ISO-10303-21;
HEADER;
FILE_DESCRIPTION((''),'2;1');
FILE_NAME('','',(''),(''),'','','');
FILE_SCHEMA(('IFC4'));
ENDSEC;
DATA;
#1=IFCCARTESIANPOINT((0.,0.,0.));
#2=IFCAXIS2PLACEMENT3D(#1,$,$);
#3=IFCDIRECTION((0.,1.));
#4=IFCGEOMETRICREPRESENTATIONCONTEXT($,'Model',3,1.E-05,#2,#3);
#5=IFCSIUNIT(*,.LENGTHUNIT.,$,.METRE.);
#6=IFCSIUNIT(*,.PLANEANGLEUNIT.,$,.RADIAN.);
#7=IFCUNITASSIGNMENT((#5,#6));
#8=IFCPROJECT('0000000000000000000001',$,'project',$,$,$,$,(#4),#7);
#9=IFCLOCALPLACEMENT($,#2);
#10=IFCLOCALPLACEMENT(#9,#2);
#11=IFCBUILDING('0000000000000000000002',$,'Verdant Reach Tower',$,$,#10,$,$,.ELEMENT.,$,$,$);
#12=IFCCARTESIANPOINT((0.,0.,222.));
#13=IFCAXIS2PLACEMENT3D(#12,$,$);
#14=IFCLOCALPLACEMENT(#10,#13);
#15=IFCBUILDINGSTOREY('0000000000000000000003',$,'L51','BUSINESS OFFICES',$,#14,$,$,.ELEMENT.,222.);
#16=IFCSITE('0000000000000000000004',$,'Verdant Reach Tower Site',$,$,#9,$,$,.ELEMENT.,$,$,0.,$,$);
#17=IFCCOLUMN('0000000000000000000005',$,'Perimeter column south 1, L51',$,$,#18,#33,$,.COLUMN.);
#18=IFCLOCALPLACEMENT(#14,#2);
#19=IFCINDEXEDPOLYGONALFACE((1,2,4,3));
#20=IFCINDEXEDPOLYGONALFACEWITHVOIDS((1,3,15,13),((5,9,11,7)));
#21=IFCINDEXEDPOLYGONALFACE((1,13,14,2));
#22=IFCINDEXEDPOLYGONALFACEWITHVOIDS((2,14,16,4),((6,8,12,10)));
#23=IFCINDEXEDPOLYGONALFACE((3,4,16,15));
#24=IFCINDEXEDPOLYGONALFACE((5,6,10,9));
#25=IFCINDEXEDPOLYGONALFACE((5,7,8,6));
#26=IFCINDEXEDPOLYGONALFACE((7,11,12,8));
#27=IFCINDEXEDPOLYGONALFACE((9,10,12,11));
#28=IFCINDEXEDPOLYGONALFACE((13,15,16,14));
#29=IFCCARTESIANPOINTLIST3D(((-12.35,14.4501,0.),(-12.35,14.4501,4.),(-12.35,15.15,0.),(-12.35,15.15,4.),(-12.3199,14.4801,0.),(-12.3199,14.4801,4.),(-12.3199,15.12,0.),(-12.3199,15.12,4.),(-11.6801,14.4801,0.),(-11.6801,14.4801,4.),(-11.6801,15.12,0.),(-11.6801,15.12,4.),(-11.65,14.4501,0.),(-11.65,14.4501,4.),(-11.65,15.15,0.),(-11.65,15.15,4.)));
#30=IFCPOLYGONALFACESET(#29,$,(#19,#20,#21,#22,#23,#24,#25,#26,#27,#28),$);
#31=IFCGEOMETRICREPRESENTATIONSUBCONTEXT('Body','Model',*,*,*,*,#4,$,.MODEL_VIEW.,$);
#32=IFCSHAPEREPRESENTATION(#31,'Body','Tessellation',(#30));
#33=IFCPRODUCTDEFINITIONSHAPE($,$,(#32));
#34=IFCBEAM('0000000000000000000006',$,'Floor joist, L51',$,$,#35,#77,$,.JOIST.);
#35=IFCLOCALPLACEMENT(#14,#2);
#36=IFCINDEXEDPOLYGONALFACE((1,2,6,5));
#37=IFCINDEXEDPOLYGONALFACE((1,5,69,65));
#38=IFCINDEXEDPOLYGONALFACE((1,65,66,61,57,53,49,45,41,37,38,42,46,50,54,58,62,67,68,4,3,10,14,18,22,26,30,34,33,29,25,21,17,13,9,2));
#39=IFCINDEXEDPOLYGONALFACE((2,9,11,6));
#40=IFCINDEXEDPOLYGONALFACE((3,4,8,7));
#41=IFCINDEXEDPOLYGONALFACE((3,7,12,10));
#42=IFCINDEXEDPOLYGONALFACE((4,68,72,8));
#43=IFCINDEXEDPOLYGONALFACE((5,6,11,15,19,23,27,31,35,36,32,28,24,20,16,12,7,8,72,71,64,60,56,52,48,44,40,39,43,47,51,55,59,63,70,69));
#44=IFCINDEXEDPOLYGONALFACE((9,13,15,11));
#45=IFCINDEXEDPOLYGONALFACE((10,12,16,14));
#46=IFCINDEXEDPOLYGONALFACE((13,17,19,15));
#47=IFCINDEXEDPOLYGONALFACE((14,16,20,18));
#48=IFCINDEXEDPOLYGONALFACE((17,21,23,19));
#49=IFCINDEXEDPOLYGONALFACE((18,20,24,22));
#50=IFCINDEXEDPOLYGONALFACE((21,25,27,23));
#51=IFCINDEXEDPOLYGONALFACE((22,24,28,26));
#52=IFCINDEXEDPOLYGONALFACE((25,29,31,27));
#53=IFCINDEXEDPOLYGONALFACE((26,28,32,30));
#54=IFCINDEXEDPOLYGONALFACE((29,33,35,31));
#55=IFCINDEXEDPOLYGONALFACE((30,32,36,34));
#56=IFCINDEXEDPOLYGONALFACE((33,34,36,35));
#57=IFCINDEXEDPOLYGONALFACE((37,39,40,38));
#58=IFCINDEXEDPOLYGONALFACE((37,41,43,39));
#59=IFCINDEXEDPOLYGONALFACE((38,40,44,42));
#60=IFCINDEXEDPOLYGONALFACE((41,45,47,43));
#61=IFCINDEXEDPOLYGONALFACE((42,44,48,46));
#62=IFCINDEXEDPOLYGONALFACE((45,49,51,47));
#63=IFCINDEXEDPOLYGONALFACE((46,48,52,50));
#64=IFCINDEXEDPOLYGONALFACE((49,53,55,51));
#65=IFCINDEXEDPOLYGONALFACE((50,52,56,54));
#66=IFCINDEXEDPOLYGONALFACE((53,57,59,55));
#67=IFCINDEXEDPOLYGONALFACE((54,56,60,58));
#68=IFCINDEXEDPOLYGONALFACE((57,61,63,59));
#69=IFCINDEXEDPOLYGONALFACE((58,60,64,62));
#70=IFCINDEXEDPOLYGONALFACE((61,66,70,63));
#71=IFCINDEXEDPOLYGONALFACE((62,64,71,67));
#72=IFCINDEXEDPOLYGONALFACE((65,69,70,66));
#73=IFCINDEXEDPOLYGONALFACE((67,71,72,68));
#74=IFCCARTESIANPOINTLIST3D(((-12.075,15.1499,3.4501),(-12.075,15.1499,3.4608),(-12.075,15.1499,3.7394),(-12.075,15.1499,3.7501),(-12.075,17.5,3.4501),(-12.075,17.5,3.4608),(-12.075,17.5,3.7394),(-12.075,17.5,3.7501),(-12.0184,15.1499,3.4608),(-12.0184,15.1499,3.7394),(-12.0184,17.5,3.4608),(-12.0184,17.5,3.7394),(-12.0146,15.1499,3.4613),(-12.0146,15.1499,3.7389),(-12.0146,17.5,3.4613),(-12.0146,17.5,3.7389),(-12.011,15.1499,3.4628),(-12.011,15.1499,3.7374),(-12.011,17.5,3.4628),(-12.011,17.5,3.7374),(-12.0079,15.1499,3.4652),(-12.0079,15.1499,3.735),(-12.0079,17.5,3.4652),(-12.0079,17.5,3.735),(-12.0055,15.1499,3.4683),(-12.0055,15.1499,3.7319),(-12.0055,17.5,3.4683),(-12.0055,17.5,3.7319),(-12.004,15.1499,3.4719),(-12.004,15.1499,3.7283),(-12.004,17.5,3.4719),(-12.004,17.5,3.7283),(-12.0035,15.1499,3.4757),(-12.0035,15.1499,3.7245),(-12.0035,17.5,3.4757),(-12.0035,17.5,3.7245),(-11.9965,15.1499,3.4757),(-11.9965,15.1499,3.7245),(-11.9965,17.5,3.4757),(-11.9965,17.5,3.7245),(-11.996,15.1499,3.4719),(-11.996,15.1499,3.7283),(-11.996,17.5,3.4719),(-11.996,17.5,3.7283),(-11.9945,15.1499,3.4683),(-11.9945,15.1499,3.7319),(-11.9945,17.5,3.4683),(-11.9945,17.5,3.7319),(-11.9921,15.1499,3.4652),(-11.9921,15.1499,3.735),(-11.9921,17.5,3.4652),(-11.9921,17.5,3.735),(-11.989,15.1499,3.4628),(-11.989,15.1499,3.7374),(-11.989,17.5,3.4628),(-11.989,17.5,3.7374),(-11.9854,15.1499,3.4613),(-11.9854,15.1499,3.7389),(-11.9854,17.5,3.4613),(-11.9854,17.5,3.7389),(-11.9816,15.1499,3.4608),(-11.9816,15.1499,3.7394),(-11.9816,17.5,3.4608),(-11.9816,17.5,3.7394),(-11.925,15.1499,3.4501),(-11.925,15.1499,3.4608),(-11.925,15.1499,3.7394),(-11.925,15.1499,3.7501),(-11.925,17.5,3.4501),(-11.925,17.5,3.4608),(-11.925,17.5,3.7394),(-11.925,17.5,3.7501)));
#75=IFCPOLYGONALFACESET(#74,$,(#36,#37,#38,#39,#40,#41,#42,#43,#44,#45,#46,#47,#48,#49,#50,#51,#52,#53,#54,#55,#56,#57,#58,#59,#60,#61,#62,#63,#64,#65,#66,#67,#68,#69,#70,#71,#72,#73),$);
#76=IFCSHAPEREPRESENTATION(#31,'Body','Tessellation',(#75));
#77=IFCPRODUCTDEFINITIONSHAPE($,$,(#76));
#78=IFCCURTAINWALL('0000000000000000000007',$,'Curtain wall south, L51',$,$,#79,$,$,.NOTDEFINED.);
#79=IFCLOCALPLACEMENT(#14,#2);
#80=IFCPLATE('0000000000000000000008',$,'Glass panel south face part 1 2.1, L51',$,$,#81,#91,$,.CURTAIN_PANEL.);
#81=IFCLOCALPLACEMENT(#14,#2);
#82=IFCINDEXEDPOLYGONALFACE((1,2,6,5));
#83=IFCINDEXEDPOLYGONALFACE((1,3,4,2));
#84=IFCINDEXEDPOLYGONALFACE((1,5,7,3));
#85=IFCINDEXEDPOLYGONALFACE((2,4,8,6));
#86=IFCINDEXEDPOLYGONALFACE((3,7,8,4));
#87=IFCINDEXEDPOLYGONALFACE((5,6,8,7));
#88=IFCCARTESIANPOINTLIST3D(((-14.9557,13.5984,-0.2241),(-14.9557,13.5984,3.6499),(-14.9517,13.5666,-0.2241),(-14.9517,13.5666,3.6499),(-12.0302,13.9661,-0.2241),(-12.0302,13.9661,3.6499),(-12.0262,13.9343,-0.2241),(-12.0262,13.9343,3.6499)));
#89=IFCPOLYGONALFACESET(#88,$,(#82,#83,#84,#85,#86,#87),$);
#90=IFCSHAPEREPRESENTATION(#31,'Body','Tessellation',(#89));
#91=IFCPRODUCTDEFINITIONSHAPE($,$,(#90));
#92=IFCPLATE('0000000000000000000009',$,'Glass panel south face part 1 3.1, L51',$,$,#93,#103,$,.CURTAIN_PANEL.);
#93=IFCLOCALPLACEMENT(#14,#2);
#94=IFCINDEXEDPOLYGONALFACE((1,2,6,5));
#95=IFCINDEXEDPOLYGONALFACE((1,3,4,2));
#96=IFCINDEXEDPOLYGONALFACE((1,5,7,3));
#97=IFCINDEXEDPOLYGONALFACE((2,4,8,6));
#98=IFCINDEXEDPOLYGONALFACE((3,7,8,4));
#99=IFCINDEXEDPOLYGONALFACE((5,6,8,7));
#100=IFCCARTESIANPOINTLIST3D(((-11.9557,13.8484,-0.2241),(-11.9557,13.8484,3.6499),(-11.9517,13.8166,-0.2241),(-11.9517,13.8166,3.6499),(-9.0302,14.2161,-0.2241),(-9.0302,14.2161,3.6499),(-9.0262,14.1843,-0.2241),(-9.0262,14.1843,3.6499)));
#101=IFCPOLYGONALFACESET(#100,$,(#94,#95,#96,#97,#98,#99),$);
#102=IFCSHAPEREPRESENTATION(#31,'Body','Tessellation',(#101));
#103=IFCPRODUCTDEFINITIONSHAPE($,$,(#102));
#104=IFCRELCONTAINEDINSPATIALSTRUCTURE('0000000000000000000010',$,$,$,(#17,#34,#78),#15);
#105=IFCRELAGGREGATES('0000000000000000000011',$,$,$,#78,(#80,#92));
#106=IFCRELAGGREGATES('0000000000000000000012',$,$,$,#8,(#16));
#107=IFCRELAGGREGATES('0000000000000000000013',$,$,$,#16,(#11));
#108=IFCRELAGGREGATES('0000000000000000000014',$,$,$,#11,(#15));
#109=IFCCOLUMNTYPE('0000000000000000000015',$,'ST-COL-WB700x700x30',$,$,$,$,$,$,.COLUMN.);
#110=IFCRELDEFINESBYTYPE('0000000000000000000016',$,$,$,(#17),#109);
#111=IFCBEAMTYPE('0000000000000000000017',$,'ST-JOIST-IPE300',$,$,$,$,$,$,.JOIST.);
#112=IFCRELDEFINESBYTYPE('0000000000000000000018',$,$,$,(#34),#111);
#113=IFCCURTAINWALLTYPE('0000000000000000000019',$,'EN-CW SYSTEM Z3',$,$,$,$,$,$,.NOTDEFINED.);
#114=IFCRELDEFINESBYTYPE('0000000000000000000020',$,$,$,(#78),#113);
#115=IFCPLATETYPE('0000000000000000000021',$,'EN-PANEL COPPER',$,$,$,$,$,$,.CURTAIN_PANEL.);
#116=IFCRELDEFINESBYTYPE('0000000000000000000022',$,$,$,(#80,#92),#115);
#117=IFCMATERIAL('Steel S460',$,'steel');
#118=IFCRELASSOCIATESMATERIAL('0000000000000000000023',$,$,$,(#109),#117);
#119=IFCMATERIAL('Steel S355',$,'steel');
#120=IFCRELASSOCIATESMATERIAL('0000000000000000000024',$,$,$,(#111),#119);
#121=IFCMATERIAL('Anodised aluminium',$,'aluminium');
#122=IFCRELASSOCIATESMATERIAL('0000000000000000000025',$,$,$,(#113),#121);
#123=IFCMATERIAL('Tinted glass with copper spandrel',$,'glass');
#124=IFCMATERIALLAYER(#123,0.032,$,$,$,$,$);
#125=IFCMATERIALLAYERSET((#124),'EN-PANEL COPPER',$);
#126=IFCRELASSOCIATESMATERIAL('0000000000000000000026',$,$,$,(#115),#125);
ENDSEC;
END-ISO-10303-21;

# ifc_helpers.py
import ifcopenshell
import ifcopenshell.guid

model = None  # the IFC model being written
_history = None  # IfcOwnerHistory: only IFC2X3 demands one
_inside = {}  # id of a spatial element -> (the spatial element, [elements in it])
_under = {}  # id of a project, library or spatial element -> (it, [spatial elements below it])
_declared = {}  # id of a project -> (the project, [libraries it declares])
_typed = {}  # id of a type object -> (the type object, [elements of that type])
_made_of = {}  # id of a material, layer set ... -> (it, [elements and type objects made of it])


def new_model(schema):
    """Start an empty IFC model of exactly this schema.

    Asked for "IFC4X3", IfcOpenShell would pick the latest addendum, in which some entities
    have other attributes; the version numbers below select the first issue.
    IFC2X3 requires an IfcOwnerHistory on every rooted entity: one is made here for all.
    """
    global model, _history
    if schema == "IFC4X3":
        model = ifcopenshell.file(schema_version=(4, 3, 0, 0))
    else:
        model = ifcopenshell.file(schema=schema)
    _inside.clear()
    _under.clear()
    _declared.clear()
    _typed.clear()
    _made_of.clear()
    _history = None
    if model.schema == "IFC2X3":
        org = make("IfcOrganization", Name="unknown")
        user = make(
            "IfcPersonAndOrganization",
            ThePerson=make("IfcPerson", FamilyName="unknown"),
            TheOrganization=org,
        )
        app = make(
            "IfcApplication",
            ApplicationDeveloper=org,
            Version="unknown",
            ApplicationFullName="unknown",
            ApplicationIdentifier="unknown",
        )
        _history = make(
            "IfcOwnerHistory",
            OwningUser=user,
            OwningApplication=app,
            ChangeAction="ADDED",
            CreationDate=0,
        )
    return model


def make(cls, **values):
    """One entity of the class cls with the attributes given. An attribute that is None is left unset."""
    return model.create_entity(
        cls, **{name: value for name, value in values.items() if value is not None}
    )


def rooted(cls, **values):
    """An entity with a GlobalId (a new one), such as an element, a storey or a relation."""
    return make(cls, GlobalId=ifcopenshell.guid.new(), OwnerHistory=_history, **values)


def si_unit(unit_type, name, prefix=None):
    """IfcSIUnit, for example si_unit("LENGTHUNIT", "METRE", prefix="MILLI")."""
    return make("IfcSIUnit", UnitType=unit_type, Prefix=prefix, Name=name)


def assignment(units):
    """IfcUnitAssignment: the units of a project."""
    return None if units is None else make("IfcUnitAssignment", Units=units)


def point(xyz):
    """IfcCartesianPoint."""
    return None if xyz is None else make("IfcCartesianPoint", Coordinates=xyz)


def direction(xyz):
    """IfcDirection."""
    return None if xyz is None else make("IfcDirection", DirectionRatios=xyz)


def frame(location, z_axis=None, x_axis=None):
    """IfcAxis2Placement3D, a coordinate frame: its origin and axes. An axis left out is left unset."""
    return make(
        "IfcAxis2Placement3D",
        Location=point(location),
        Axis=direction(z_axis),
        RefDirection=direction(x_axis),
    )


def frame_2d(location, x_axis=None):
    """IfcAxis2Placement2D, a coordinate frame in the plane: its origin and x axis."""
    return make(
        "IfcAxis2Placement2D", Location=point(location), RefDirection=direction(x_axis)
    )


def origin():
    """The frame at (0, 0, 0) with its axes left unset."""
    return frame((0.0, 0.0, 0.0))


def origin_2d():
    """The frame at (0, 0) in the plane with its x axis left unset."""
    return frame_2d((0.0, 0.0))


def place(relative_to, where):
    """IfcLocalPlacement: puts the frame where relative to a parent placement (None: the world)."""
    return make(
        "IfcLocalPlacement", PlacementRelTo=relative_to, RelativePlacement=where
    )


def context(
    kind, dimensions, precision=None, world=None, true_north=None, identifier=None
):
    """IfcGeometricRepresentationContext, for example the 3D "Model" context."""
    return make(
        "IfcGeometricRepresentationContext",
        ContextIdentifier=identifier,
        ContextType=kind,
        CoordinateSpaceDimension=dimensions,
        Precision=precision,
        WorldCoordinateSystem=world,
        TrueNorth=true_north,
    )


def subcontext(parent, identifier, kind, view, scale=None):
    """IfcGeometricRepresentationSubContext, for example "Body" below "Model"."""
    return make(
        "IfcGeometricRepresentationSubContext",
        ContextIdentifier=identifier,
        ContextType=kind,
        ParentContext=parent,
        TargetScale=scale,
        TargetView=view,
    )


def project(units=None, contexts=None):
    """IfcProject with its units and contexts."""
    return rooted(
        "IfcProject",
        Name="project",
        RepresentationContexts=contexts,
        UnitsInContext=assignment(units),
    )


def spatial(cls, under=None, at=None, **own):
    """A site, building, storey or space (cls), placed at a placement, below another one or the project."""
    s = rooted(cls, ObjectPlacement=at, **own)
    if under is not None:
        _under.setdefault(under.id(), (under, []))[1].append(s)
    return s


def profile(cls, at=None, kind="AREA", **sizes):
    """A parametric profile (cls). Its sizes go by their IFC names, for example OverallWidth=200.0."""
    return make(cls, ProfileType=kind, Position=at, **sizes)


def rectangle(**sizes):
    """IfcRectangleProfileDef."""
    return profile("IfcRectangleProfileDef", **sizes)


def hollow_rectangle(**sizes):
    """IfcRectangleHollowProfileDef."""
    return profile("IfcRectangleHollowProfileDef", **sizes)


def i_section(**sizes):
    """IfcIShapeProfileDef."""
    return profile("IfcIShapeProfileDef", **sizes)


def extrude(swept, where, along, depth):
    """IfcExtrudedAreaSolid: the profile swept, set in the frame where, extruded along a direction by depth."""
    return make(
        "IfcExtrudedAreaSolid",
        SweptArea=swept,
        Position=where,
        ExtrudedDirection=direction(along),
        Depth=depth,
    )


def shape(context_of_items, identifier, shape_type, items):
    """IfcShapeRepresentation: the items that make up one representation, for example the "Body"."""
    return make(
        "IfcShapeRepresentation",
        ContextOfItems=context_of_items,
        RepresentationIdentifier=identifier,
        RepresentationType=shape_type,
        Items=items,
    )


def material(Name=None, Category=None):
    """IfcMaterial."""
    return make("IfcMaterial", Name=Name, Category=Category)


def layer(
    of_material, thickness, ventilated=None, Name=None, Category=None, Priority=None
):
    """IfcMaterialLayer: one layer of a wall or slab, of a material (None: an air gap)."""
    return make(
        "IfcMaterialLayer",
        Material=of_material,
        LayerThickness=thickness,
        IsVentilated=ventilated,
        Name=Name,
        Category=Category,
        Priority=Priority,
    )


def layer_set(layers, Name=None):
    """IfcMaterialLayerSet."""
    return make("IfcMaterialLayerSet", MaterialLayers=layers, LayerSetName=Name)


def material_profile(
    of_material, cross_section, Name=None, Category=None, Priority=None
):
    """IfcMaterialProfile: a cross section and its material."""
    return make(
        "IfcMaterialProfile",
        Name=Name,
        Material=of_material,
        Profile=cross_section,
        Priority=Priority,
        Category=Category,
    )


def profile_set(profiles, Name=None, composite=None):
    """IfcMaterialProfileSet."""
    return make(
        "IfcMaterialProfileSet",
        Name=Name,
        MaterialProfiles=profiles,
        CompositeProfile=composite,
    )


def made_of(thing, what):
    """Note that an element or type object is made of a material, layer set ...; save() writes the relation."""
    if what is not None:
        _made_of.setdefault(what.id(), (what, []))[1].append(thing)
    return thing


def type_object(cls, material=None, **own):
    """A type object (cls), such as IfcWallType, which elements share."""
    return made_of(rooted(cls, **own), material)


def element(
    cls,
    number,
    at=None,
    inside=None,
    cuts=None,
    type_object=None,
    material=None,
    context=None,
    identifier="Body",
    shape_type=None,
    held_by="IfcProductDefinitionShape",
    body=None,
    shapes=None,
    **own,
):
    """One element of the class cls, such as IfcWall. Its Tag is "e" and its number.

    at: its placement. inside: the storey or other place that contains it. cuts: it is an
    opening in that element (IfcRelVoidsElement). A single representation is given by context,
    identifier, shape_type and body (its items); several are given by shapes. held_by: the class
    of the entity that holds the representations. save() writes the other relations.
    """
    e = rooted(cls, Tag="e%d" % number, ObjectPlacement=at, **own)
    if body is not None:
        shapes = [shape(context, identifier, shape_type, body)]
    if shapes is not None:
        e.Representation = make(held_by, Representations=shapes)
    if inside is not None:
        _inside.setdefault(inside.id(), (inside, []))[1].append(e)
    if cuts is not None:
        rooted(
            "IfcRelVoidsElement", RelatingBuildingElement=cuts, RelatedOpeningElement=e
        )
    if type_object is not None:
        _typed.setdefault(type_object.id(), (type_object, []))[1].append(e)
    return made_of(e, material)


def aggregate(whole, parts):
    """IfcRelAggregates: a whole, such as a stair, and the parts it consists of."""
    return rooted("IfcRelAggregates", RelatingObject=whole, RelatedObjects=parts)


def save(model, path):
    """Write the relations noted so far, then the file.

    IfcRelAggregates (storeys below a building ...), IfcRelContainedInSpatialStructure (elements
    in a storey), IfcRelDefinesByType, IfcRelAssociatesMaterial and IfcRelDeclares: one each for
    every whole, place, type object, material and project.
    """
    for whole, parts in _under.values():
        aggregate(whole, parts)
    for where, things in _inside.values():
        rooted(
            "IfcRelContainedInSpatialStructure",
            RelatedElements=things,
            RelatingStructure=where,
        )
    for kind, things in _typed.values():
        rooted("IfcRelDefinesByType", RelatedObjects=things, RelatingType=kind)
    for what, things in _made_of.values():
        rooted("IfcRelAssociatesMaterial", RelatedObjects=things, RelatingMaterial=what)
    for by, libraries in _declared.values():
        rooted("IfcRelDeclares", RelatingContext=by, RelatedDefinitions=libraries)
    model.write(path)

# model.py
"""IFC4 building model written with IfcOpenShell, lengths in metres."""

from ifc_helpers import new_model, si_unit, direction, frame, origin, origin_2d, place, context, subcontext, project, spatial, rectangle, hollow_rectangle, i_section, extrude, material, layer, layer_set, material_profile, profile_set, type_object, element, aggregate, save


model = new_model("IFC4")

# Units and contexts
model_context = context("Model", 3, precision=1e-05, world=origin(), true_north=direction((0.0, 1.0)))
body_context = subcontext(model_context, "Body", "Model", "MODEL_VIEW")
ifc_project = project(units=[si_unit("LENGTHUNIT", "METRE"), si_unit("PLANEANGLEUNIT", "RADIAN")], contexts=[model_context])

# Site, building, storey
site_placement = place(None, origin())
site = spatial("IfcSite", under=ifc_project, at=site_placement, Name="Verdant Reach Tower Site", CompositionType="ELEMENT", RefElevation=0.0)
building_placement = place(site_placement, origin())
building = spatial("IfcBuilding", under=site, at=building_placement, Name="Verdant Reach Tower", CompositionType="ELEMENT")
storey_placement = place(building_placement, frame((0.0, 0.0, 222.0)))
storey = spatial("IfcBuildingStorey", under=building, at=storey_placement, Name="L51", Description="BUSINESS OFFICES", CompositionType="ELEMENT", Elevation=222.0)

# Column
ifc_material_1 = material(Name="Steel S460", Category="steel")
ifc_material_profile_1 = material_profile(ifc_material_1, hollow_rectangle(XDim=0.7, YDim=0.7, WallThickness=0.03, at=origin_2d()), Name="WB 700x700x30")
ifc_profile_set_1 = profile_set([ifc_material_profile_1], Name="Steel S460")
column_type = type_object("IfcColumnType", Name="ST-COL-WB700x700x30", PredefinedType="COLUMN", material=ifc_profile_set_1)
column_placement = place(storey_placement, frame((-12.0, 14.8, 0.0), z_axis=(0.0, 0.0, 1.0), x_axis=(1.0, 0.0, 0.0)))
element("IfcColumn", 1, at=column_placement, inside=storey, type_object=column_type, Name="Perimeter column south 1, L51", PredefinedType="COLUMN", context=body_context, shape_type="SweptSolid", body=[
    extrude(hollow_rectangle(XDim=0.7, YDim=0.7, WallThickness=0.03, at=origin_2d()), origin(), (0.0, 0.0, 1.0), 4.0),
])

# Beam
ifc_material_2 = material(Name="Steel S355", Category="steel")
ifc_material_profile_2 = material_profile(ifc_material_2, i_section(OverallWidth=0.1499, OverallDepth=0.3, WebThickness=0.0071, FlangeThickness=0.0107, FilletRadius=0.0149, at=origin_2d()), Name="IPE 300")
ifc_profile_set_2 = profile_set([ifc_material_profile_2], Name="Steel S355")
beam_type = type_object("IfcBeamType", Name="ST-JOIST-IPE300", PredefinedType="JOIST", material=ifc_profile_set_2)
beam_placement = place(storey_placement, frame((-12.0, 17.5, 3.6001), z_axis=(0.0, -1.0, 0.0), x_axis=(1.0, 0.0, 0.0)))
element("IfcBeam", 2, at=beam_placement, inside=storey, type_object=beam_type, Name="Floor joist, L51", PredefinedType="JOIST", context=body_context, shape_type="SweptSolid", body=[
    extrude(i_section(OverallWidth=0.1499, OverallDepth=0.3, WebThickness=0.0071, FlangeThickness=0.0107, FilletRadius=0.0149, at=origin_2d()), origin(), (0.0, 0.0, 1.0), 2.3501),
])

# Curtain wall, plates
ifc_material_3 = material(Name="Anodised aluminium", Category="aluminium")
curtain_wall_type = type_object("IfcCurtainWallType", Name="EN-CW SYSTEM Z3", PredefinedType="NOTDEFINED", material=ifc_material_3)
curtain_wall_placement = place(storey_placement, origin())
curtain_wall = element("IfcCurtainWall", 3, at=curtain_wall_placement, inside=storey, type_object=curtain_wall_type, Name="Curtain wall south, L51", PredefinedType="NOTDEFINED")
ifc_material_4 = material(Name="Tinted glass with copper spandrel", Category="glass")
ifc_layer_1 = layer(ifc_material_4, 0.032)
ifc_layer_set_1 = layer_set([ifc_layer_1], Name="EN-PANEL COPPER")
plate_type = type_object("IfcPlateType", Name="EN-PANEL COPPER", PredefinedType="CURTAIN_PANEL", material=ifc_layer_set_1)
plate_1_placement = place(storey_placement, frame((-13.491, 13.7664, -0.2241), z_axis=(0.0, 0.0, 1.0), x_axis=(0.992194, 0.124704, 0.0)))
plate_1 = element("IfcPlate", 4, at=plate_1_placement, type_object=plate_type, Name="Glass panel south face part 1 2.1, L51", PredefinedType="CURTAIN_PANEL", context=body_context, shape_type="SweptSolid", body=[
    extrude(rectangle(XDim=2.9485, YDim=0.032, at=origin_2d()), origin(), (0.0, 0.0, 1.0), 3.874),
])
plate_2_placement = place(storey_placement, frame((-10.491, 14.0164, -0.2241), z_axis=(0.0, 0.0, 1.0), x_axis=(0.992194, 0.124704, 0.0)))
plate_2 = element("IfcPlate", 5, at=plate_2_placement, type_object=plate_type, Name="Glass panel south face part 1 3.1, L51", PredefinedType="CURTAIN_PANEL", context=body_context, shape_type="SweptSolid", body=[
    extrude(rectangle(XDim=2.9485, YDim=0.032, at=origin_2d()), origin(), (0.0, 0.0, 1.0), 3.874),
])
aggregate(curtain_wall, [plate_1, plate_2])

save(model, "model.ifc")
